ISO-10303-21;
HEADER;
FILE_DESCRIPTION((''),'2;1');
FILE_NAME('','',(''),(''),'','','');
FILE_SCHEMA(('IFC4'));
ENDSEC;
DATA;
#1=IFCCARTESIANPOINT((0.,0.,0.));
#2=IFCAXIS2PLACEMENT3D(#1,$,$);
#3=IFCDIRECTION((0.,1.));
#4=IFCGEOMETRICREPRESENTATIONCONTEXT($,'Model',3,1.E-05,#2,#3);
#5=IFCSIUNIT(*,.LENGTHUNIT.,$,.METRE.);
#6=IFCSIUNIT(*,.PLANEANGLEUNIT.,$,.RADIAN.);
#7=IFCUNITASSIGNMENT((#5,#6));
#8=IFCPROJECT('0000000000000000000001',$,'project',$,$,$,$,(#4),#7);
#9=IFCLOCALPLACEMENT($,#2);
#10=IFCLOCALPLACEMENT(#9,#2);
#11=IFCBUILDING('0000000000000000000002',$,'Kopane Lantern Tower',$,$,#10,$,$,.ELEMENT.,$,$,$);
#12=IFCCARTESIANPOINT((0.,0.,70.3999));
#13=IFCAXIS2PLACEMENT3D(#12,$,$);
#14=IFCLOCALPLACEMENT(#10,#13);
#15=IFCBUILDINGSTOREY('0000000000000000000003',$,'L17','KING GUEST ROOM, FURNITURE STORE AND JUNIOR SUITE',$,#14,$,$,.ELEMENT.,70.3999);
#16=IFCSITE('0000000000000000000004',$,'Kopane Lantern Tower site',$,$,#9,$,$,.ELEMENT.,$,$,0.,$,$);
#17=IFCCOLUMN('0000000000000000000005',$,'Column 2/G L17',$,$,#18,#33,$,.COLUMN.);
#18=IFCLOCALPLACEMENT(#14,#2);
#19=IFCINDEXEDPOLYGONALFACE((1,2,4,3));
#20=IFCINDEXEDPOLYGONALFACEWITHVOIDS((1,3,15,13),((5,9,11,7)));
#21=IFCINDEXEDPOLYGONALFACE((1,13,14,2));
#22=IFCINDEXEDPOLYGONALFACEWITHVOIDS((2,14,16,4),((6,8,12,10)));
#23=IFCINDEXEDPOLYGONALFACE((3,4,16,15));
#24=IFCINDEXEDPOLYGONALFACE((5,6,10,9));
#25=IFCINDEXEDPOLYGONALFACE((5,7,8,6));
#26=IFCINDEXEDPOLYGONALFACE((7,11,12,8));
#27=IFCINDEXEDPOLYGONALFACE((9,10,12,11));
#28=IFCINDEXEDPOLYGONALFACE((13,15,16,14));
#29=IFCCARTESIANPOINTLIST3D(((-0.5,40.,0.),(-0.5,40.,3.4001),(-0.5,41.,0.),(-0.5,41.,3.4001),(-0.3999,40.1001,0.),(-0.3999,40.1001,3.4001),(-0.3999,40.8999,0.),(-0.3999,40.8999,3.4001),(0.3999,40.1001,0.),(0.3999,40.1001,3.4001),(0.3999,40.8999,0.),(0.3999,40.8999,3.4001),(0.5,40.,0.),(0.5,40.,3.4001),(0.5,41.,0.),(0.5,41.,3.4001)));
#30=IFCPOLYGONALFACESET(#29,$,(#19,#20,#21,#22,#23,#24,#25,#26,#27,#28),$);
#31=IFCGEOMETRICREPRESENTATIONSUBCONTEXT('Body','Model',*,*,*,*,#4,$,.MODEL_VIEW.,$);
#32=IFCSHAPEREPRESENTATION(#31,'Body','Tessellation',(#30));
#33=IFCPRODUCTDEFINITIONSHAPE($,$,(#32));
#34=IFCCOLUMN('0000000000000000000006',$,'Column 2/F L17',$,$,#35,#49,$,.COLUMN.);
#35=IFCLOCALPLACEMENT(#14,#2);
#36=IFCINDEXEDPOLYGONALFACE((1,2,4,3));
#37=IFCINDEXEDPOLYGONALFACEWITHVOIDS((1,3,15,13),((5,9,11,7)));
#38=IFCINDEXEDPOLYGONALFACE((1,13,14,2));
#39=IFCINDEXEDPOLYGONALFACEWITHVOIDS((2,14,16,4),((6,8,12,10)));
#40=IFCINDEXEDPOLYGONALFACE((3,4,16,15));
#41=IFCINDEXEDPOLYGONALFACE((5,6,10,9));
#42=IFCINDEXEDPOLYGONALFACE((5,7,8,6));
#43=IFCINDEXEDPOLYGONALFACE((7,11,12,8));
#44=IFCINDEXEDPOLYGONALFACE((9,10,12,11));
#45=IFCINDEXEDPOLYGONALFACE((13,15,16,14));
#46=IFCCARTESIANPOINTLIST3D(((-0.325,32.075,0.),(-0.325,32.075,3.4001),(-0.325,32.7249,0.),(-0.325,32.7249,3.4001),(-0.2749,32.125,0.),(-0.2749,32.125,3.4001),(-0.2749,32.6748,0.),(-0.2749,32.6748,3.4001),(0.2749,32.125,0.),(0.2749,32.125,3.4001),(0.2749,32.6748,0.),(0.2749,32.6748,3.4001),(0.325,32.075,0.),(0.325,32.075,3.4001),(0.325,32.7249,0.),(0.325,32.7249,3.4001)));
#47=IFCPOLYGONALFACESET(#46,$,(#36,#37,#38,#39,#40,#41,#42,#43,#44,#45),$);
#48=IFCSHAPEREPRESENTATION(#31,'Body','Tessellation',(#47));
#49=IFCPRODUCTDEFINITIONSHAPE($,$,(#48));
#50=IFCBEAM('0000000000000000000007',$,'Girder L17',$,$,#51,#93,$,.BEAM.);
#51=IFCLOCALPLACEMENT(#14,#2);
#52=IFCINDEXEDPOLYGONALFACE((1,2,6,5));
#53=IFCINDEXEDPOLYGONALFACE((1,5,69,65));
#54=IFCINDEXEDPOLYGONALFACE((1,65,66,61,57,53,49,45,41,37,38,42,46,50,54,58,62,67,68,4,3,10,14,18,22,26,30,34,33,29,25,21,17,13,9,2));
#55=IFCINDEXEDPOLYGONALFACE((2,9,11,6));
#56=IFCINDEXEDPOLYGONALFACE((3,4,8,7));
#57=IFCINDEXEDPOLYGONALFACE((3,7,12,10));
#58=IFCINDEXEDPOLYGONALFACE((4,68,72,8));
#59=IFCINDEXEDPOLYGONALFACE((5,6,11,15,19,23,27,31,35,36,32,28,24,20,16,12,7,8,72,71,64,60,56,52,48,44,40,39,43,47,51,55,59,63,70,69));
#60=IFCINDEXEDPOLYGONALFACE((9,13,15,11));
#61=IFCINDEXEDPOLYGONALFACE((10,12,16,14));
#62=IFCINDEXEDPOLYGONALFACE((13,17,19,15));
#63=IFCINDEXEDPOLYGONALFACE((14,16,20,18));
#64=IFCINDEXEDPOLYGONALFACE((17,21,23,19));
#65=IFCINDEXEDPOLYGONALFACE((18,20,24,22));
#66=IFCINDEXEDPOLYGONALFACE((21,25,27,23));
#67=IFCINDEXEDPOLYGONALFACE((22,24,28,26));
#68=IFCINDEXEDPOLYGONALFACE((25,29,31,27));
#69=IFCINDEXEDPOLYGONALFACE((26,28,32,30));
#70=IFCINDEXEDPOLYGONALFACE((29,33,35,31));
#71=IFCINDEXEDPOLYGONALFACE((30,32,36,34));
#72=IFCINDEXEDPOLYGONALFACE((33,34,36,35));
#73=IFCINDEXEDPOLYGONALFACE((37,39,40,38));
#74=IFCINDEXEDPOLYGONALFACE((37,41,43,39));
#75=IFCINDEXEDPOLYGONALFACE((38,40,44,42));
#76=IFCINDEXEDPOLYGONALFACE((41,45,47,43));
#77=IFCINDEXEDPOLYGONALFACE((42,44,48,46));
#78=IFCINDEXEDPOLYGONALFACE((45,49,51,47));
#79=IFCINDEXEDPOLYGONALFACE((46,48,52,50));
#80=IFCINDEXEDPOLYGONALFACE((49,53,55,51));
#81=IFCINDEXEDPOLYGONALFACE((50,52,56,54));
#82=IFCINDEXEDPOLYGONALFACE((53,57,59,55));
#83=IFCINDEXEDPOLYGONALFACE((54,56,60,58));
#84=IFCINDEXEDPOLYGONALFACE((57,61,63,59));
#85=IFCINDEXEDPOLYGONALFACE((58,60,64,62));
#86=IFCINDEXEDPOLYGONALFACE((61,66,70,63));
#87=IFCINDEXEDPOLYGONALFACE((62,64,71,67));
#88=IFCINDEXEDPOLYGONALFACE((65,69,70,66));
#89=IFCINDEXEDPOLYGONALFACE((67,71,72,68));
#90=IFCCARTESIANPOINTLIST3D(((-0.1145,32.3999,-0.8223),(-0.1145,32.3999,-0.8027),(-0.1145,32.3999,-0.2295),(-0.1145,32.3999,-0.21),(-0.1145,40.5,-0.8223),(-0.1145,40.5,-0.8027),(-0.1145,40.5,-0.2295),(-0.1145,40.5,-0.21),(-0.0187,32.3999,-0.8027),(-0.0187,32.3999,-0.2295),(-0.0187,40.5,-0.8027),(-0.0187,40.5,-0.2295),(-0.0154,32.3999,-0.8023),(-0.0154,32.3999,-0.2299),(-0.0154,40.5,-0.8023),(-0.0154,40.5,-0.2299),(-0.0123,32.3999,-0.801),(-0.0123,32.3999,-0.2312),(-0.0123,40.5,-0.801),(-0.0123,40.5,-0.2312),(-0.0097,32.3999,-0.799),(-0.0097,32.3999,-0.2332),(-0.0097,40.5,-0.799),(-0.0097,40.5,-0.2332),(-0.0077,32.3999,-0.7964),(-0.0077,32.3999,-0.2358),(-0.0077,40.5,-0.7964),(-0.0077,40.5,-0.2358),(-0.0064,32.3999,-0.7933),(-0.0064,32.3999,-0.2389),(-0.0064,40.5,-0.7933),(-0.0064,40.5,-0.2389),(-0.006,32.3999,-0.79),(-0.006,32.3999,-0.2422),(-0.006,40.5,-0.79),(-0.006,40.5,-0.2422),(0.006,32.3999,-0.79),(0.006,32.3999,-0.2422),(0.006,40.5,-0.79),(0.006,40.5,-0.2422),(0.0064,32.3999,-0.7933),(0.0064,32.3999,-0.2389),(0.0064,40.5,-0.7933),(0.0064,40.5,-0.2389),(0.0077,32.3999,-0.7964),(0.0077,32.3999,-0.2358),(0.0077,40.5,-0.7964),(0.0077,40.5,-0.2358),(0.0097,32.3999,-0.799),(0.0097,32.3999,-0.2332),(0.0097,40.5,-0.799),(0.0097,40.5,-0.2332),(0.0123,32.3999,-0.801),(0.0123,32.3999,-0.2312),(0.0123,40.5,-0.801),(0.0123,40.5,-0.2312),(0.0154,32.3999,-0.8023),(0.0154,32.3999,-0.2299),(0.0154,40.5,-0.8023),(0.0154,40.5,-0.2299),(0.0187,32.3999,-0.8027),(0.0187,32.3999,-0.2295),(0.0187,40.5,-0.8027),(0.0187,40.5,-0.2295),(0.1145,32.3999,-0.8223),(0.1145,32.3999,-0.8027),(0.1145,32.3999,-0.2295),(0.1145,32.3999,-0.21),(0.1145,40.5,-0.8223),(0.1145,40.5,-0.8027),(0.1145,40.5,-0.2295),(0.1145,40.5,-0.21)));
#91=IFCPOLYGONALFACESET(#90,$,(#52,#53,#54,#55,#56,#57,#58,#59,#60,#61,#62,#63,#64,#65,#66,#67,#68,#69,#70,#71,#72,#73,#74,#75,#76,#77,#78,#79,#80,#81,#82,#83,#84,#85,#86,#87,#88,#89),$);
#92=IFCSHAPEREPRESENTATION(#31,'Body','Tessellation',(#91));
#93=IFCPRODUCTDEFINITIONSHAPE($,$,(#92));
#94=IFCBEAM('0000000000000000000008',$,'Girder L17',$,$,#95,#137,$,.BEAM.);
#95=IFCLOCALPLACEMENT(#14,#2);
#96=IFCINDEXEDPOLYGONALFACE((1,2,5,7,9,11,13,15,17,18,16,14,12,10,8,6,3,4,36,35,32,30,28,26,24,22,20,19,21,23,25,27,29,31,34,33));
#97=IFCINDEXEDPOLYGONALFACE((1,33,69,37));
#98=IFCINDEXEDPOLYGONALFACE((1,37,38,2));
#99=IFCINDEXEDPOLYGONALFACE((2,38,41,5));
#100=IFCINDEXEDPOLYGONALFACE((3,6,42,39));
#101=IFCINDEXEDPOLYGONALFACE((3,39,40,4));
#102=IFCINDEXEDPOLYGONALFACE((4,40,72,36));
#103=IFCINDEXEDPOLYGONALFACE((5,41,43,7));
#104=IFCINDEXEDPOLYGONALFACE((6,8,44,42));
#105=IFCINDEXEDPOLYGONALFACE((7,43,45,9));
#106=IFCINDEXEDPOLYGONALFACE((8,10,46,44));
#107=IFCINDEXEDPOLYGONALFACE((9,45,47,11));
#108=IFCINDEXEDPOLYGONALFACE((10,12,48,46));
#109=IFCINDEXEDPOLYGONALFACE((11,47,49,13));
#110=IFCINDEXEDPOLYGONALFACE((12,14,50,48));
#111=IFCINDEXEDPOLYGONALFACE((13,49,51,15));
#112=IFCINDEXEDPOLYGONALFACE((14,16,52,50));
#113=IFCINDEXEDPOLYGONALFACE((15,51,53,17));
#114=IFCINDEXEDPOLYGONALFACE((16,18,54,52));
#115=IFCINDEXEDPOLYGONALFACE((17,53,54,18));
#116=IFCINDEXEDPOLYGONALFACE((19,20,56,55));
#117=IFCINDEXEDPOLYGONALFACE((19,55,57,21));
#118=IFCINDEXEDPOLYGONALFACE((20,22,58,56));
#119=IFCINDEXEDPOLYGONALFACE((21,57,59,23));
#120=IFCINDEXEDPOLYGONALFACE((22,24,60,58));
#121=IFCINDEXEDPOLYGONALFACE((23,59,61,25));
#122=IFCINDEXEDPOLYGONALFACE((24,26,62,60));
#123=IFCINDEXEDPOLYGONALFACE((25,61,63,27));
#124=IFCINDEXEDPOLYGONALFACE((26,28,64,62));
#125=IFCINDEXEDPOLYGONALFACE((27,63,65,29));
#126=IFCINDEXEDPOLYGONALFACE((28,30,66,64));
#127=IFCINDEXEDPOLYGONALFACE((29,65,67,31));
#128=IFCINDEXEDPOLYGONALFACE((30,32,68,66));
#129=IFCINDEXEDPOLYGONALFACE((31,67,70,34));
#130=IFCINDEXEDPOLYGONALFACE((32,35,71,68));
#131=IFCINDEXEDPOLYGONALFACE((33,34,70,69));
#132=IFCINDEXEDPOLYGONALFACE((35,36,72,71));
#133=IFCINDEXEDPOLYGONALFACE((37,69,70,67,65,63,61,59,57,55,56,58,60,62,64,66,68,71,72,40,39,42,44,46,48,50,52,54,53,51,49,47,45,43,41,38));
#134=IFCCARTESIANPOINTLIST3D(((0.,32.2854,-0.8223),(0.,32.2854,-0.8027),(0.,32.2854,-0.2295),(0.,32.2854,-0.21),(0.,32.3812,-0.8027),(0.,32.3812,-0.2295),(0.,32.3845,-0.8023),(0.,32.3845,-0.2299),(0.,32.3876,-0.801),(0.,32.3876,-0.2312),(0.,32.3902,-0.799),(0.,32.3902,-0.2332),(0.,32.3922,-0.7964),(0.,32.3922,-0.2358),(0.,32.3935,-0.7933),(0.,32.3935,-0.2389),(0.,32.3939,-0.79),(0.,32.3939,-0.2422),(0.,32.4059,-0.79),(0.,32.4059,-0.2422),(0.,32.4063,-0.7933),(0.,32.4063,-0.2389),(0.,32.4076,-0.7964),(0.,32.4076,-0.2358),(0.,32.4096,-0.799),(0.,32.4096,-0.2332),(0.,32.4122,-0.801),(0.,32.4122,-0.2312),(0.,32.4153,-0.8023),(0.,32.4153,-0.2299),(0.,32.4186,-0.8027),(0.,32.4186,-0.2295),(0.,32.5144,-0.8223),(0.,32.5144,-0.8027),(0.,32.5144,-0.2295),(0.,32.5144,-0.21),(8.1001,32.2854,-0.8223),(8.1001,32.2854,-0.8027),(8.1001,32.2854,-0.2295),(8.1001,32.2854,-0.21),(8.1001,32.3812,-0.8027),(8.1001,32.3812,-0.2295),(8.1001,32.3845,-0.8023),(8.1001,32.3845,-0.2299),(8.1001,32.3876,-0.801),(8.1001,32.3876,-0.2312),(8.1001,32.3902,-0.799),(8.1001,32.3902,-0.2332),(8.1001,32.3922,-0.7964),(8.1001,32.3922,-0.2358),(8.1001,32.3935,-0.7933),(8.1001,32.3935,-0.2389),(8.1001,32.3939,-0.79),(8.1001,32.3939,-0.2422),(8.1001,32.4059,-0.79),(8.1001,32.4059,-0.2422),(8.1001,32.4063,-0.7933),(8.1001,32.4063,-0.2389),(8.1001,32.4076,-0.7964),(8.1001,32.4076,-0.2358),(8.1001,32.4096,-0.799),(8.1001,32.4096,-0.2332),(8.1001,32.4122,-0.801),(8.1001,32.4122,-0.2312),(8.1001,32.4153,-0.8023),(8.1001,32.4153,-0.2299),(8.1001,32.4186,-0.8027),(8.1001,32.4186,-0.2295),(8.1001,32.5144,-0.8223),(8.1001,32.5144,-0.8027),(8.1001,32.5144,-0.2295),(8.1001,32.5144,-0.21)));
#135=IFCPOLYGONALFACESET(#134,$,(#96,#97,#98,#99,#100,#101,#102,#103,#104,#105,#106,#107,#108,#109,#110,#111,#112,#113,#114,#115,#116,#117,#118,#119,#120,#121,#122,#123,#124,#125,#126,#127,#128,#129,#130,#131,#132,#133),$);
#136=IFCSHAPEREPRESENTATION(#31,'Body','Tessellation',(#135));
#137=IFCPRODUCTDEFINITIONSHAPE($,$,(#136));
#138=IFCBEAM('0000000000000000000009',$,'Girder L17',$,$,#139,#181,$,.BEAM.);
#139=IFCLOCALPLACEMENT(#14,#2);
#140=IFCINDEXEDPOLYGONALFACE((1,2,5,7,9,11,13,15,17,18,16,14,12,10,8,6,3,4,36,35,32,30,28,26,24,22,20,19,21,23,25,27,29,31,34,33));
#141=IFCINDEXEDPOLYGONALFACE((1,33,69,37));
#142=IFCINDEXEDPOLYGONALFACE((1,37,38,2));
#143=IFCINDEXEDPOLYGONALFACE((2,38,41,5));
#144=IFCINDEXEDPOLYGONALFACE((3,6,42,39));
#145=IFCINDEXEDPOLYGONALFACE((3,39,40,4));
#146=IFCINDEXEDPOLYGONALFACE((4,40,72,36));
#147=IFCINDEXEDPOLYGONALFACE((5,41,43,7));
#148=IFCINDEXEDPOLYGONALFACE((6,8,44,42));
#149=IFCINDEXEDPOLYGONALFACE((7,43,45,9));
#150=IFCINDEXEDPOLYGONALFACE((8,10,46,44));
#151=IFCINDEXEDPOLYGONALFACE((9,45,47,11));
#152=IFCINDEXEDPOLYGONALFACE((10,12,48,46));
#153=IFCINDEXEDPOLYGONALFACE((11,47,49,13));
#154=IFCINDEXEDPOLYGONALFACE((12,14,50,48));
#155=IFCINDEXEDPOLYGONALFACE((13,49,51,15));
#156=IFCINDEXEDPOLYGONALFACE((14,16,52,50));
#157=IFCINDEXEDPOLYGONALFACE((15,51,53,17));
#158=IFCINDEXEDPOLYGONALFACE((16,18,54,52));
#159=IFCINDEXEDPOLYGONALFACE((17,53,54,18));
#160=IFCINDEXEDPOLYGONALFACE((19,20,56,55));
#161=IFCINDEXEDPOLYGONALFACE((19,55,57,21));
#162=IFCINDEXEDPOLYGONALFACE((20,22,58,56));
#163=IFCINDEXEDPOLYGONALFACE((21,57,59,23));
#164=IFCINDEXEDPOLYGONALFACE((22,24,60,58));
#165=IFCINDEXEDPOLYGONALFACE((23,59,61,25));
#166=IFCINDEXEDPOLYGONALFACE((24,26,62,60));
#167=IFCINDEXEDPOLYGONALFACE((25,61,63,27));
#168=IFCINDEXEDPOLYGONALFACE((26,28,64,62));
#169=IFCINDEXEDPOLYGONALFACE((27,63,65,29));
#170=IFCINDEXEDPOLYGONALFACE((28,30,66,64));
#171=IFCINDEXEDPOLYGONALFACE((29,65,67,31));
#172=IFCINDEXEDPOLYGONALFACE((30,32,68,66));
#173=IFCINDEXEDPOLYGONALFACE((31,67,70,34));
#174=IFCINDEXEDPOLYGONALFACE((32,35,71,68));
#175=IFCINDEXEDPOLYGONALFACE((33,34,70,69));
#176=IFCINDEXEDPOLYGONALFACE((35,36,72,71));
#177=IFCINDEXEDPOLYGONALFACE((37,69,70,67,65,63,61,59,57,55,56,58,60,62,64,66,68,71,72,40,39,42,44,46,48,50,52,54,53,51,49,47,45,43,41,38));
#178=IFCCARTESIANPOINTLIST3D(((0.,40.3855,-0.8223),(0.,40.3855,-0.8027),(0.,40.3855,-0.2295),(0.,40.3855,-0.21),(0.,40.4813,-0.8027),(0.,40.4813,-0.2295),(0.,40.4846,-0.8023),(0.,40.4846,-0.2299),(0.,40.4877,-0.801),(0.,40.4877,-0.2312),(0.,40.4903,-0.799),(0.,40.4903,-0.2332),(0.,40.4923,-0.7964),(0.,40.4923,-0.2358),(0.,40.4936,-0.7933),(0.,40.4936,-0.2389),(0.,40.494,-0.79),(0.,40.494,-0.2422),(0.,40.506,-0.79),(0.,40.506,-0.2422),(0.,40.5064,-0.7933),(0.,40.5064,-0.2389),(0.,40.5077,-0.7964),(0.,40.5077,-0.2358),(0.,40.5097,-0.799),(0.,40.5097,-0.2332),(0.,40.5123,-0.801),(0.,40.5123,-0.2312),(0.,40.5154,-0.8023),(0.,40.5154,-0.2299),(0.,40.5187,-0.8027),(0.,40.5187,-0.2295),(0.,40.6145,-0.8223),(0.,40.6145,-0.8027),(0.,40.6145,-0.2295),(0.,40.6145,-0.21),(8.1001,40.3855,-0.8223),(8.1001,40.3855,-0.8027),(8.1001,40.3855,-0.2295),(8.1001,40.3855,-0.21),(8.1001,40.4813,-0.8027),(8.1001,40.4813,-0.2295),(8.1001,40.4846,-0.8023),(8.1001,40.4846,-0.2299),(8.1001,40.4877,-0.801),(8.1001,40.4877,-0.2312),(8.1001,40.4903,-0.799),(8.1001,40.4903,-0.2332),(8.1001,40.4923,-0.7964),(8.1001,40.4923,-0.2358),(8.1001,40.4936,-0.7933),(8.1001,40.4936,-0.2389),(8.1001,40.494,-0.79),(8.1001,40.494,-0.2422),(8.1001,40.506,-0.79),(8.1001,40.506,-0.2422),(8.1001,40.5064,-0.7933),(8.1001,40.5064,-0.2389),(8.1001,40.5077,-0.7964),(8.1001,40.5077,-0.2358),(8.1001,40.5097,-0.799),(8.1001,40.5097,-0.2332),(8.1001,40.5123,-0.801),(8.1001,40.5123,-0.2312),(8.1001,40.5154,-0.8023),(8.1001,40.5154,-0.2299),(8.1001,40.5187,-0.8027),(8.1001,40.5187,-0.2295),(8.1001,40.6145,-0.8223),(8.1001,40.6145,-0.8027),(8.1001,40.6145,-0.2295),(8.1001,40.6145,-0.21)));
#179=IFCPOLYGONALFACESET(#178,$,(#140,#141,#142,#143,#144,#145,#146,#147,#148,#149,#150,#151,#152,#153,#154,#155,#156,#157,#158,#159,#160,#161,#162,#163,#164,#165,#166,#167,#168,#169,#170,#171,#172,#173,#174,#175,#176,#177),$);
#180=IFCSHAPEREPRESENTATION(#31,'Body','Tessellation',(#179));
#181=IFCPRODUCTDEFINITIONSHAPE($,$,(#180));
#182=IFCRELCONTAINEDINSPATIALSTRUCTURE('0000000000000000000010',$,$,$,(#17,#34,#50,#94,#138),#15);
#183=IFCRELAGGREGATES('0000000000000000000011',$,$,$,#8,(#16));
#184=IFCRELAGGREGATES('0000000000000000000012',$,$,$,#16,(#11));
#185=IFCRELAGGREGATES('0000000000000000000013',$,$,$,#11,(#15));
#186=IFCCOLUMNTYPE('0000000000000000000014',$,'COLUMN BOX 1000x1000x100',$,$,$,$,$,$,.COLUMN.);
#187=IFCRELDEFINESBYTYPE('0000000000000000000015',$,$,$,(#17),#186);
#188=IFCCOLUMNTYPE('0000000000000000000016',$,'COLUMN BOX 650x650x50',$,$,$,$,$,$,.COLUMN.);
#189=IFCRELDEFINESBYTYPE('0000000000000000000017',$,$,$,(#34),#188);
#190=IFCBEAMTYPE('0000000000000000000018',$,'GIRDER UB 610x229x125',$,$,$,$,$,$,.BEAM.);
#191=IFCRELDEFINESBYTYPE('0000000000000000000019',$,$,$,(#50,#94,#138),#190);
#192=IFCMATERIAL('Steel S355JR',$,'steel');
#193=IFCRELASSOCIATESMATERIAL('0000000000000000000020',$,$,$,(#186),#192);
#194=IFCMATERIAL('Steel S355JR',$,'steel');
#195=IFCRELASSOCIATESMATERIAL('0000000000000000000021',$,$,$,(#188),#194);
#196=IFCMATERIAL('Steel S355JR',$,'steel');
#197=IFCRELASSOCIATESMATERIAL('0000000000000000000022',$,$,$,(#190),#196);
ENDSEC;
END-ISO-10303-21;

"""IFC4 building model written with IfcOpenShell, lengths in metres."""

from ifc_helpers import new_model, si_unit, direction, frame, origin, origin_2d, place, context, subcontext, project, spatial, hollow_rectangle, i_section, extrude, material, material_profile, profile_set, type_object, element, save


model = new_model("IFC4")

# Units and contexts
model_context = context("Model", 3, precision=1e-05, world=origin(), true_north=direction((0.0, 1.0)))
body_context = subcontext(model_context, "Body", "Model", "MODEL_VIEW")
ifc_project = project(units=[si_unit("LENGTHUNIT", "METRE"), si_unit("PLANEANGLEUNIT", "RADIAN")], contexts=[model_context])

# Site, building, storey
site_placement = place(None, origin())
site = spatial("IfcSite", under=ifc_project, at=site_placement, Name="Kopane Lantern Tower site", CompositionType="ELEMENT", RefElevation=0.0)
building_placement = place(site_placement, origin())
building = spatial("IfcBuilding", under=site, at=building_placement, Name="Kopane Lantern Tower", CompositionType="ELEMENT")
storey_placement = place(building_placement, frame((0.0, 0.0, 70.3999)))
storey = spatial("IfcBuildingStorey", under=building, at=storey_placement, Name="L17", Description="KING GUEST ROOM, FURNITURE STORE AND JUNIOR SUITE", CompositionType="ELEMENT", Elevation=70.3999)

# Columns
ifc_material_1 = material(Name="Steel S355JR", Category="steel")
ifc_material_profile_1 = material_profile(ifc_material_1, hollow_rectangle(XDim=1.0, YDim=1.0, WallThickness=0.1001, at=origin_2d()), Name="BOX 1000x1000x100")
ifc_profile_set_1 = profile_set([ifc_material_profile_1], Name="Steel S355JR")
column_type_1 = type_object("IfcColumnType", Name="COLUMN BOX 1000x1000x100", PredefinedType="COLUMN", material=ifc_profile_set_1)
column_1_placement = place(storey_placement, frame((0.0, 40.5, 0.0), z_axis=(0.0, 0.0, 1.0), x_axis=(1.0, 0.0, 0.0)))
element("IfcColumn", 1, at=column_1_placement, inside=storey, type_object=column_type_1, Name="Column 2/G L17", PredefinedType="COLUMN", context=body_context, shape_type="SweptSolid", body=[
    extrude(hollow_rectangle(XDim=1.0, YDim=1.0, WallThickness=0.1001, at=origin_2d()), origin(), (0.0, 0.0, 1.0), 3.4001),
])
ifc_material_2 = material(Name="Steel S355JR", Category="steel")
ifc_material_profile_2 = material_profile(ifc_material_2, hollow_rectangle(XDim=0.6499, YDim=0.6499, WallThickness=0.05, at=origin_2d()), Name="BOX 650x650x50")
ifc_profile_set_2 = profile_set([ifc_material_profile_2], Name="Steel S355JR")
column_type_2 = type_object("IfcColumnType", Name="COLUMN BOX 650x650x50", PredefinedType="COLUMN", material=ifc_profile_set_2)
column_2_placement = place(storey_placement, frame((0.0, 32.3999, 0.0), z_axis=(0.0, 0.0, 1.0), x_axis=(1.0, 0.0, 0.0)))
element("IfcColumn", 2, at=column_2_placement, inside=storey, type_object=column_type_2, Name="Column 2/F L17", PredefinedType="COLUMN", context=body_context, shape_type="SweptSolid", body=[
    extrude(hollow_rectangle(XDim=0.6499, YDim=0.6499, WallThickness=0.05, at=origin_2d()), origin(), (0.0, 0.0, 1.0), 3.4001),
])

# Beams
ifc_material_3 = material(Name="Steel S355JR", Category="steel")
ifc_material_profile_3 = material_profile(ifc_material_3, i_section(OverallWidth=0.229, OverallDepth=0.6123, WebThickness=0.012, FlangeThickness=0.0195, FilletRadius=0.0127, at=origin_2d()), Name="UB 610x229x125")
ifc_profile_set_3 = profile_set([ifc_material_profile_3], Name="Steel S355JR")
beam_type = type_object("IfcBeamType", Name="GIRDER UB 610x229x125", PredefinedType="BEAM", material=ifc_profile_set_3)
for number, where, z_axis, x_axis, name in (
    (3, (0.0, 32.3999, -0.5161), (0.0, 1.0, 0.0), (-1.0, 0.0, 0.0), "Girder L17"),
    (4, (0.0, 32.3999, -0.5161), (1.0, 0.0, 0.0), (0.0, 1.0, 0.0), "Girder L17"),
    (5, (0.0, 40.5, -0.5161), (1.0, 0.0, 0.0), (0.0, 1.0, 0.0), "Girder L17"),
):
    element("IfcBeam", number, at=place(storey_placement, frame(where, z_axis=z_axis, x_axis=x_axis)), inside=storey, type_object=beam_type, Name=name, PredefinedType="BEAM", context=body_context, shape_type="SweptSolid", body=[
        extrude(i_section(OverallWidth=0.229, OverallDepth=0.6123, WebThickness=0.012, FlangeThickness=0.0195, FilletRadius=0.0127, at=origin_2d()), origin(), (0.0, 0.0, 1.0), 8.1001),
    ])

save(model, "model.ifc")
